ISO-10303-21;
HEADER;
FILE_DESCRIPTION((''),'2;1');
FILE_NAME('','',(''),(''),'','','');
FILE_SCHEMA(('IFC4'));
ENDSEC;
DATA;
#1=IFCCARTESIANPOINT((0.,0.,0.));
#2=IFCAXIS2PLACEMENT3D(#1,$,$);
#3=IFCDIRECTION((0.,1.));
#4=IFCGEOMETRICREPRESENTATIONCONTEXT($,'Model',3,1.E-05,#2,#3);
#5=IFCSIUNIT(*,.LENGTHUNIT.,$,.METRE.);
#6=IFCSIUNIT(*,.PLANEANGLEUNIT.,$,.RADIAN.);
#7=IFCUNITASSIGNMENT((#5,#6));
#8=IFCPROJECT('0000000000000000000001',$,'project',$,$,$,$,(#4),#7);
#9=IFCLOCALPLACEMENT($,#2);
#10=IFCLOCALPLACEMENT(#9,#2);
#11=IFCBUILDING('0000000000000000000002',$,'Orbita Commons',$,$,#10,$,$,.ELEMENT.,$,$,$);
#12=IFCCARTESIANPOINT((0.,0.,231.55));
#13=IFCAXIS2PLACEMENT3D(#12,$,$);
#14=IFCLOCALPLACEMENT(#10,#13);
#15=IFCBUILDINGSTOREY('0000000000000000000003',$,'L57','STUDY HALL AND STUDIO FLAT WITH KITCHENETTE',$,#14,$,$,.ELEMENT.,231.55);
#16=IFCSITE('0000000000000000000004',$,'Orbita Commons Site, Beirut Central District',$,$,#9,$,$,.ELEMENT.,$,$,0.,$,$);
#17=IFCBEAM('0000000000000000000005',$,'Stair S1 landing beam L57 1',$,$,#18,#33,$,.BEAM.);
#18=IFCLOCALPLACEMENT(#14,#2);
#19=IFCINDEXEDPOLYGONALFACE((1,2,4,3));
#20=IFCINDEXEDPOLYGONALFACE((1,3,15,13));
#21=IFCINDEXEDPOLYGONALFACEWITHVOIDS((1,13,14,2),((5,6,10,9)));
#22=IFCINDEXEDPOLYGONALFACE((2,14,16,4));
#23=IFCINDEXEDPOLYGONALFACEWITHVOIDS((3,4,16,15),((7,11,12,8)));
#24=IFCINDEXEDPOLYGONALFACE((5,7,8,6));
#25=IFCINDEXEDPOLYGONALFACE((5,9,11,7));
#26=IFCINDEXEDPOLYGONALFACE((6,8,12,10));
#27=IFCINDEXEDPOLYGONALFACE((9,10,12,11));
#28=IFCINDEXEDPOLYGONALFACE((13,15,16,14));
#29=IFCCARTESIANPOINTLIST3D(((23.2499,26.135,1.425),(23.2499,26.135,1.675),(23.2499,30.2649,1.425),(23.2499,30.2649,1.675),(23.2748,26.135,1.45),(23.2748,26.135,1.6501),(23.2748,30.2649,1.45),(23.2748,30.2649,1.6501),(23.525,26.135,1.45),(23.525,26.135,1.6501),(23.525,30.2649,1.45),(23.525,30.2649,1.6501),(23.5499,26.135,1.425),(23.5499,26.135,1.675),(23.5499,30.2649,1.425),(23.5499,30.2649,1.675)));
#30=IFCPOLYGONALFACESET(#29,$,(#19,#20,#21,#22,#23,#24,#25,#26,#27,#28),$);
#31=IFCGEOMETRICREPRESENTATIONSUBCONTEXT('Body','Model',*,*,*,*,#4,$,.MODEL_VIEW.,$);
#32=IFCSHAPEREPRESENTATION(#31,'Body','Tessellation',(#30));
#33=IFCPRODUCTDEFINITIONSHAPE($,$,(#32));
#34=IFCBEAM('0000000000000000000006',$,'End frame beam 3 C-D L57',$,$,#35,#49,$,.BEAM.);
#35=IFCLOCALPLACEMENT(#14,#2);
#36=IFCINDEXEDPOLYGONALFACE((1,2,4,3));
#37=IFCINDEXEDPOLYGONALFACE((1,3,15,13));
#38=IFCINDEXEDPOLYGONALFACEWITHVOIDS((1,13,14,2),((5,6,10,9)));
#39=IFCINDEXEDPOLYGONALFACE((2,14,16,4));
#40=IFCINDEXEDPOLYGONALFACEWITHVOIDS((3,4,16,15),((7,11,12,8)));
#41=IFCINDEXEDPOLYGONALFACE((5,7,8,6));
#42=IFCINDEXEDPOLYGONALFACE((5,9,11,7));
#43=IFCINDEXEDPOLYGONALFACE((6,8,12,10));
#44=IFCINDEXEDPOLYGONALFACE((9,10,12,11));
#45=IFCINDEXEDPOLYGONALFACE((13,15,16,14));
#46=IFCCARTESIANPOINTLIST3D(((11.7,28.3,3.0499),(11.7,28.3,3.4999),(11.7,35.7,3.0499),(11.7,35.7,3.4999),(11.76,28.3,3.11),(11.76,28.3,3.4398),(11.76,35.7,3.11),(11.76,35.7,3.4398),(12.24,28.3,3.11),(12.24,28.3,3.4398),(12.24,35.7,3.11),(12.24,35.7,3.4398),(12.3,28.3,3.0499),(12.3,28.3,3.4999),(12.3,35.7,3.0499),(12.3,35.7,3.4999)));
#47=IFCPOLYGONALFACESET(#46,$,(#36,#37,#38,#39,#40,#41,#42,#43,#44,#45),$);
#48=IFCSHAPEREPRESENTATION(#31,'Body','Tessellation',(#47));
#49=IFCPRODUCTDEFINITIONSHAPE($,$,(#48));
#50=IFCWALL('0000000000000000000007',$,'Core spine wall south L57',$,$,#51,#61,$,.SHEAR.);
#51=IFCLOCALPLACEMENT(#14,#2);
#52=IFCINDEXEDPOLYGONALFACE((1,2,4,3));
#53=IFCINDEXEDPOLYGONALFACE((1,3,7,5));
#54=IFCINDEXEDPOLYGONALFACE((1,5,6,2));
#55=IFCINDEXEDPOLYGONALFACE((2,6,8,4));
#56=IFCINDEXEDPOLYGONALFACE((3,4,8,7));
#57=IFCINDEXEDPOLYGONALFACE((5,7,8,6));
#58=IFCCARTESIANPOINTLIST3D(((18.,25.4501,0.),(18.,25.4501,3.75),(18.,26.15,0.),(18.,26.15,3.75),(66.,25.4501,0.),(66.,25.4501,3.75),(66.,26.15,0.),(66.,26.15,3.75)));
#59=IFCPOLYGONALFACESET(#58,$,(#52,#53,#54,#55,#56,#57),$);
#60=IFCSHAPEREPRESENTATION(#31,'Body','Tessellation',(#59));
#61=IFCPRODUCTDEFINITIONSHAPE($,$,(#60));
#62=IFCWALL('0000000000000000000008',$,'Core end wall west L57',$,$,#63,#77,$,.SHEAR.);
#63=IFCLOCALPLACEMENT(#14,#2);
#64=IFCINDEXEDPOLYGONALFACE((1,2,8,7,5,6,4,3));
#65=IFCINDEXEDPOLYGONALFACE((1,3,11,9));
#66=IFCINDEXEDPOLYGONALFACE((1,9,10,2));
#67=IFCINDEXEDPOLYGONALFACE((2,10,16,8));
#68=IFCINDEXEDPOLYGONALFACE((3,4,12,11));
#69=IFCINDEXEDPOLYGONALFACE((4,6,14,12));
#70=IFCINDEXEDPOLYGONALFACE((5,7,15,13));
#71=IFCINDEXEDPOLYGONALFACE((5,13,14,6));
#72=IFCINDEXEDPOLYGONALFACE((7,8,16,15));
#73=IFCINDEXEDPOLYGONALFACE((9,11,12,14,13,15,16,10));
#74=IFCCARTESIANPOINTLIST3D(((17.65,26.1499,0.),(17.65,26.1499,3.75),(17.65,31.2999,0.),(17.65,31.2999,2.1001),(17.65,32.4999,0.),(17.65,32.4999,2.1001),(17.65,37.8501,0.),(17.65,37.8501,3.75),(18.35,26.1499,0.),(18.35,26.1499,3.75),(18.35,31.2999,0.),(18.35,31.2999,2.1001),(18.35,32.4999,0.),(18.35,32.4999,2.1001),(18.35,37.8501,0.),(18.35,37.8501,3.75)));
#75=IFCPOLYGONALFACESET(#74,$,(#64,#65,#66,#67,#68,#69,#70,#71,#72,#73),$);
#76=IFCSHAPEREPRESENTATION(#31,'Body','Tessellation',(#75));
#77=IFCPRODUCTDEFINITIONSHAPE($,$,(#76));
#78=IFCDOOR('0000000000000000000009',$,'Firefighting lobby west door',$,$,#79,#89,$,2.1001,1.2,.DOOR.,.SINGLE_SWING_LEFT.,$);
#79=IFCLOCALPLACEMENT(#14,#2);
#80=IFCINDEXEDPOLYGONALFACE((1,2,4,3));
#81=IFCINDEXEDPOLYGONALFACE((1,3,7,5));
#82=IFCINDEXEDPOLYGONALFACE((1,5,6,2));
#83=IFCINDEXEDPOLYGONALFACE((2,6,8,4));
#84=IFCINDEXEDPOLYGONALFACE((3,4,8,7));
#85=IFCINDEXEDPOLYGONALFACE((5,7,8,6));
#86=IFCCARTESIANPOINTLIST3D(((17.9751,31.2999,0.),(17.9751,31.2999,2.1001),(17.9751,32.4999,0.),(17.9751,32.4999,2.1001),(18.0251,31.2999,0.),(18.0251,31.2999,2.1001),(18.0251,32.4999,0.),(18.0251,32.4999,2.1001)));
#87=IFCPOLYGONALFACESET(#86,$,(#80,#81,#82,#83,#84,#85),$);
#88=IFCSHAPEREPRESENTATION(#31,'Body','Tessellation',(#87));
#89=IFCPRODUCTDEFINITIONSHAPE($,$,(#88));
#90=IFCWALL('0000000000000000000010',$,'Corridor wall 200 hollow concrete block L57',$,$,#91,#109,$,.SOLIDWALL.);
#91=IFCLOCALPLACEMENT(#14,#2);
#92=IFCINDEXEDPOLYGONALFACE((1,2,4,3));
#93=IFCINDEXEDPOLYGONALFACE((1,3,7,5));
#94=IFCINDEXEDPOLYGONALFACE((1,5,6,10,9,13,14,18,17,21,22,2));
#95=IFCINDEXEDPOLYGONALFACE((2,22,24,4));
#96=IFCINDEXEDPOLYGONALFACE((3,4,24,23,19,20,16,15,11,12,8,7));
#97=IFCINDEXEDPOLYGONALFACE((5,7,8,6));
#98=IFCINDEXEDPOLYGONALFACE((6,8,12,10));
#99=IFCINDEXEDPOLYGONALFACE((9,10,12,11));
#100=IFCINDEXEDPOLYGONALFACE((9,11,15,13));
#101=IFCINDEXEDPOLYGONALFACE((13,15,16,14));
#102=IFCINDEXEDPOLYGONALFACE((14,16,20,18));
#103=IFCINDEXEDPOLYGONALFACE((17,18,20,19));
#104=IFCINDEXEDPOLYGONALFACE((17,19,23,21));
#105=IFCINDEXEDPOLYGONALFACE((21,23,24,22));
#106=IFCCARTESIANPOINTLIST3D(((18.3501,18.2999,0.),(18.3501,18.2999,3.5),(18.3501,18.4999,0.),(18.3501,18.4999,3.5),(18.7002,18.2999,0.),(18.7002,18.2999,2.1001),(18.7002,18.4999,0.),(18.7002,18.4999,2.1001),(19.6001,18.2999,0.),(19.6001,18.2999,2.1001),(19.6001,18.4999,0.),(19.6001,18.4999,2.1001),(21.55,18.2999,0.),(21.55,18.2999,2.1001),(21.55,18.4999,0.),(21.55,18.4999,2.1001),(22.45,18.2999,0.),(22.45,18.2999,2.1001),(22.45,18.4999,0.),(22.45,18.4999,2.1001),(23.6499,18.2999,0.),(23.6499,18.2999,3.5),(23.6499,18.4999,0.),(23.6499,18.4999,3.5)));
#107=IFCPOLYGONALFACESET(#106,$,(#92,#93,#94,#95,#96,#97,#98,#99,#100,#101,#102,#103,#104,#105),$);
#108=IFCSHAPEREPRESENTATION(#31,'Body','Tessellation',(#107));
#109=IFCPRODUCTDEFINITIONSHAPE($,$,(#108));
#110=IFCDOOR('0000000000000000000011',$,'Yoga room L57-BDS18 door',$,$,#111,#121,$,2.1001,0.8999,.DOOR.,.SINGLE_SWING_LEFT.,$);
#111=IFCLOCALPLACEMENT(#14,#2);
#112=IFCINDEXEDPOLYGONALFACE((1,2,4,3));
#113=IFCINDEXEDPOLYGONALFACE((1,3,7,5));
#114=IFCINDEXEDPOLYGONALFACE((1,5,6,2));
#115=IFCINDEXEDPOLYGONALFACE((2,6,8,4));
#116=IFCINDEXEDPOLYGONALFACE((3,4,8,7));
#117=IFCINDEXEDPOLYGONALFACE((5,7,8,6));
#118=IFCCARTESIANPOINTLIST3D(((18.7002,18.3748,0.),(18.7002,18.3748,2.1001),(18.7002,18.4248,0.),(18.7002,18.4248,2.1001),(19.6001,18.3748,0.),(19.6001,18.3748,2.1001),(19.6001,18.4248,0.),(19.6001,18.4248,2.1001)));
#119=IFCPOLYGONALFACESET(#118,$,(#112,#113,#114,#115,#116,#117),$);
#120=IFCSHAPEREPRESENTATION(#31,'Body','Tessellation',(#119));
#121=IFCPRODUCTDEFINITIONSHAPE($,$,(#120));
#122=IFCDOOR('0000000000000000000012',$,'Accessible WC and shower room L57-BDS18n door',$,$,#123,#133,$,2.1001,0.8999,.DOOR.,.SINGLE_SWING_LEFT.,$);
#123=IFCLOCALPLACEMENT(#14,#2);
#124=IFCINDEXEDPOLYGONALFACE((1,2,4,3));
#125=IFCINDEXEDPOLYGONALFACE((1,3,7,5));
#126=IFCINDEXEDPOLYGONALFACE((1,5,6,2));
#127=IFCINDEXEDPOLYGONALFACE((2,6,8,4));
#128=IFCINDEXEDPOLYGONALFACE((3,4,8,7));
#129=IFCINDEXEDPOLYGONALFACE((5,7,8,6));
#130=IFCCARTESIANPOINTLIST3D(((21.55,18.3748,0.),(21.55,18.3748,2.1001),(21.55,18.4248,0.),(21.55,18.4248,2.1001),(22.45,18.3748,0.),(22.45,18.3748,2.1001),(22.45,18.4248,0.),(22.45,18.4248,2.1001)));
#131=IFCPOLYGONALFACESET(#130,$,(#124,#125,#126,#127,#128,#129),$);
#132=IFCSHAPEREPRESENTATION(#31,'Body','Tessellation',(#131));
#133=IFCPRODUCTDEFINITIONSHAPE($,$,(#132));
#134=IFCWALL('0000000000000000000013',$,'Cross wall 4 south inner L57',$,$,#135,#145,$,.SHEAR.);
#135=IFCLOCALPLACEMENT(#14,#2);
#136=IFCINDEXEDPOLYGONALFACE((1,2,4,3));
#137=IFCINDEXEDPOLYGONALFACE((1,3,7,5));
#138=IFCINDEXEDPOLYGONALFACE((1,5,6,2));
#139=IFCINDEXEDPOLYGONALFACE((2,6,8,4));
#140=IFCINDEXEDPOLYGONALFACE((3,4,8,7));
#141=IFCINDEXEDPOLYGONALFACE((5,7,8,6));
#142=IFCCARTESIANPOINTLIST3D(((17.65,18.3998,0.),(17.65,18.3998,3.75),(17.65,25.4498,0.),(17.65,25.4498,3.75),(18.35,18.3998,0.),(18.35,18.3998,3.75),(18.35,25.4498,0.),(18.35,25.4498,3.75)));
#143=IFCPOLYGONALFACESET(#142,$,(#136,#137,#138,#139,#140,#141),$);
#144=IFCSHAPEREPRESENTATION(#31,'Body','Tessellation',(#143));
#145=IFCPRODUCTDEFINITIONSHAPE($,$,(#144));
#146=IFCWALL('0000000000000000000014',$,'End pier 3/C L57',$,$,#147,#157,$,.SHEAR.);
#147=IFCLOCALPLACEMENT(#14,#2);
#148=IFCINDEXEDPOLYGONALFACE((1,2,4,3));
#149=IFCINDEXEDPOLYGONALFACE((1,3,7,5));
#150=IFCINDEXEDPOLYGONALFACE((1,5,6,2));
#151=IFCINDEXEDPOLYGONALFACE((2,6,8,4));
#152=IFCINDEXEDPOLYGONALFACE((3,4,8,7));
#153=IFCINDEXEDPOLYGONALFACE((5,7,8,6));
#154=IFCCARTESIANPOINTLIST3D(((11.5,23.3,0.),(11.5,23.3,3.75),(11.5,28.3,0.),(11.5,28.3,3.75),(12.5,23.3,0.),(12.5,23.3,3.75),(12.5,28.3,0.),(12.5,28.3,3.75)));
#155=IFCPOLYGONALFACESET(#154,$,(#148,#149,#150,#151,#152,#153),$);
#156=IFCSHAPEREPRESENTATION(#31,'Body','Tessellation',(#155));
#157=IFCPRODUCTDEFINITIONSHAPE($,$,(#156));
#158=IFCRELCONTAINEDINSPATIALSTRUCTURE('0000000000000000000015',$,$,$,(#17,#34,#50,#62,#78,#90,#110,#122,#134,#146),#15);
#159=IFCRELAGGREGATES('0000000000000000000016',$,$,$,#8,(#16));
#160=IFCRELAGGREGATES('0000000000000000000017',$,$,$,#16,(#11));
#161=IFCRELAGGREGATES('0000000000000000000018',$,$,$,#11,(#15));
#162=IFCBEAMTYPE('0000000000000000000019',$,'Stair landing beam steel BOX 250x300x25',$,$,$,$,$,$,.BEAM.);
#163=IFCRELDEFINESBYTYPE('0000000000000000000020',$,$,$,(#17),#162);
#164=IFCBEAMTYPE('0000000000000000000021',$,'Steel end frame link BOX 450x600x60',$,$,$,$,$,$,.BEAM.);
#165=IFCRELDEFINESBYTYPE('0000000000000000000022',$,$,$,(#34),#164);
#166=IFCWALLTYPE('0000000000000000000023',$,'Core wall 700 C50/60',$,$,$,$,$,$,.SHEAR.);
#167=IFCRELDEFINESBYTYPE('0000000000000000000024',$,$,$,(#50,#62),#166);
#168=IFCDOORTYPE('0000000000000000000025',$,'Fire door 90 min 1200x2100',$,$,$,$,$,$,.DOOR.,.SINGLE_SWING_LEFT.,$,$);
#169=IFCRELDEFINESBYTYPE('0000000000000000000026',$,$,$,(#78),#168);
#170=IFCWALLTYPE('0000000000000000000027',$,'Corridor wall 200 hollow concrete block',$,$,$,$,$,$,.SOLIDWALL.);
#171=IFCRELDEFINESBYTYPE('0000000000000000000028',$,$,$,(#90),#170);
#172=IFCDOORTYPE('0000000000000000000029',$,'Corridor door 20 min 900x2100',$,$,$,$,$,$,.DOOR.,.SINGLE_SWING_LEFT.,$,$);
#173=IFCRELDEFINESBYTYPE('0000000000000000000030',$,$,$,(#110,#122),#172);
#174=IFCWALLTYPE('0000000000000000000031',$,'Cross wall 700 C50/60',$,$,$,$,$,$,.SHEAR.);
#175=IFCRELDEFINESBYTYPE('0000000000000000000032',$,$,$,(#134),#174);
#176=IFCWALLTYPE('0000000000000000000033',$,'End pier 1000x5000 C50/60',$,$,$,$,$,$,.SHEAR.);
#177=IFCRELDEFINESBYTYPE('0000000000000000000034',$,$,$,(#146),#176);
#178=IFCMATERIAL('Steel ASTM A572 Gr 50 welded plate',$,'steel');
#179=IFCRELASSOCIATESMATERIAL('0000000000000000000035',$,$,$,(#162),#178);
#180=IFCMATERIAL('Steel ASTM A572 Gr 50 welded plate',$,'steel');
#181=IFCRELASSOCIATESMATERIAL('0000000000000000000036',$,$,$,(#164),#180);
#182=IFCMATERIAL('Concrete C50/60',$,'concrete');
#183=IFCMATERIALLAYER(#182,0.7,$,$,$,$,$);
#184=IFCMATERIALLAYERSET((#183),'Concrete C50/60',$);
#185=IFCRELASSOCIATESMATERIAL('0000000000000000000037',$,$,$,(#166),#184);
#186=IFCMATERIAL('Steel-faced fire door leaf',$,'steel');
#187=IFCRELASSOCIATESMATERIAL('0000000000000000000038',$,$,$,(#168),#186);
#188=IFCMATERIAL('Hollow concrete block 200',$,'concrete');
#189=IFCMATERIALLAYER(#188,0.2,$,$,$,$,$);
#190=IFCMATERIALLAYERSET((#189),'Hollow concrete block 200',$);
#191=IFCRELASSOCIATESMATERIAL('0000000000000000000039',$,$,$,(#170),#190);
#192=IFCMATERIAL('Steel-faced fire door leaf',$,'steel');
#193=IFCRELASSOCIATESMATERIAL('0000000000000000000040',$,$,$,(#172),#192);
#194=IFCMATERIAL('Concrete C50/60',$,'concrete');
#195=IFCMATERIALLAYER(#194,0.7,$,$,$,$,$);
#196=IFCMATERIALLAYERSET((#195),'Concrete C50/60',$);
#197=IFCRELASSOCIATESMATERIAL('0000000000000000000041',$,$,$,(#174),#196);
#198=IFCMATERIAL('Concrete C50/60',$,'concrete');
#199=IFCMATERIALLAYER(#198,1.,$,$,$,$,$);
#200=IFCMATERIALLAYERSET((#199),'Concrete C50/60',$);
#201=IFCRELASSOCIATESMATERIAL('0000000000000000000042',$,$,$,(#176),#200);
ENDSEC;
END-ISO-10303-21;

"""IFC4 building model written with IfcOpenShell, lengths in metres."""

from ifc_helpers import new_model, si_unit, direction, frame, frame_2d, origin, origin_2d, place, context, subcontext, project, spatial, rectangle, hollow_rectangle, extrude, material, layer, layer_set, material_profile, profile_set, type_object, element, fill, save


model = new_model("IFC4")

# Units and contexts
model_context = context("Model", 3, precision=1e-05, world=origin(), true_north=direction((0.0, 1.0)))
body_context = subcontext(model_context, "Body", "Model", "MODEL_VIEW")
ifc_project = project(units=[si_unit("LENGTHUNIT", "METRE"), si_unit("PLANEANGLEUNIT", "RADIAN")], contexts=[model_context])

# Site, building, storey
site_placement = place(None, origin())
site = spatial("IfcSite", under=ifc_project, at=site_placement, Name="Orbita Commons Site, Beirut Central District", CompositionType="ELEMENT", RefElevation=0.0)
building_placement = place(site_placement, origin())
building = spatial("IfcBuilding", under=site, at=building_placement, Name="Orbita Commons", CompositionType="ELEMENT")
storey_placement = place(building_placement, frame((0.0, 0.0, 231.55)))
storey = spatial("IfcBuildingStorey", under=building, at=storey_placement, Name="L57", Description="STUDY HALL AND STUDIO FLAT WITH KITCHENETTE", CompositionType="ELEMENT", Elevation=231.55)

# Beams
ifc_material_1 = material(Name="Steel ASTM A572 Gr 50 welded plate", Category="steel")
ifc_material_profile_1 = material_profile(ifc_material_1, hollow_rectangle(XDim=0.3, YDim=0.25, WallThickness=0.0249, at=origin_2d()), Name="BOX 250x300x25")
ifc_profile_set_1 = profile_set([ifc_material_profile_1], Name="Steel ASTM A572 Gr 50 welded plate")
beam_type_1 = type_object("IfcBeamType", Name="Stair landing beam steel BOX 250x300x25", PredefinedType="BEAM", material=ifc_profile_set_1)
beam_1_placement = place(storey_placement, frame((23.3999, 26.135, 1.55), z_axis=(0.0, 1.0, 0.0), x_axis=(-1.0, 0.0, 0.0)))
element("IfcBeam", 1, at=beam_1_placement, inside=storey, type_object=beam_type_1, Name="Stair S1 landing beam L57 1", PredefinedType="BEAM", context=body_context, shape_type="SweptSolid", body=[
    extrude(hollow_rectangle(XDim=0.3, YDim=0.25, WallThickness=0.0249, at=origin_2d()), origin(), (0.0, 0.0, 1.0), 4.1299),
])
ifc_material_2 = material(Name="Steel ASTM A572 Gr 50 welded plate", Category="steel")
ifc_material_profile_2 = material_profile(ifc_material_2, hollow_rectangle(XDim=0.6001, YDim=0.45, WallThickness=0.0601, at=origin_2d()), Name="BOX 450x600x60")
ifc_profile_set_2 = profile_set([ifc_material_profile_2], Name="Steel ASTM A572 Gr 50 welded plate")
beam_type_2 = type_object("IfcBeamType", Name="Steel end frame link BOX 450x600x60", PredefinedType="BEAM", material=ifc_profile_set_2)
beam_2_placement = place(storey_placement, frame((12.0, 28.3, 3.2749), z_axis=(0.0, 1.0, 0.0), x_axis=(-1.0, 0.0, 0.0)))
element("IfcBeam", 2, at=beam_2_placement, inside=storey, type_object=beam_type_2, Name="End frame beam 3 C-D L57", PredefinedType="BEAM", context=body_context, shape_type="SweptSolid", body=[
    extrude(hollow_rectangle(XDim=0.6001, YDim=0.45, WallThickness=0.0601, at=origin_2d()), origin(), (0.0, 0.0, 1.0), 7.3999),
])

# Wall
ifc_material_3 = material(Name="Concrete C50/60", Category="concrete")
ifc_layer_1 = layer(ifc_material_3, 0.7)
ifc_layer_set_1 = layer_set([ifc_layer_1], Name="Concrete C50/60")
wall_type_1 = type_object("IfcWallType", Name="Core wall 700 C50/60", PredefinedType="SHEAR", material=ifc_layer_set_1)
wall_1_placement = place(storey_placement, frame((18.0, 25.8, 0.0), z_axis=(0.0, 0.0, 1.0), x_axis=(1.0, 0.0, 0.0)))
element("IfcWall", 3, at=wall_1_placement, inside=storey, type_object=wall_type_1, Name="Core spine wall south L57", PredefinedType="SHEAR", context=body_context, shape_type="SweptSolid", body=[
    extrude(rectangle(XDim=48.0, YDim=0.7, at=frame_2d((24.0, 0.0))), origin(), (0.0, 0.0, 1.0), 3.75),
])

# Wall, opening, door
wall_2_placement = place(storey_placement, frame((18.0, 26.1499, 0.0), z_axis=(0.0, 0.0, 1.0), x_axis=(0.0, 1.0, 0.0)))
wall_2 = element("IfcWall", 4, at=wall_2_placement, inside=storey, type_object=wall_type_1, Name="Core end wall west L57", PredefinedType="SHEAR", context=body_context, shape_type="SweptSolid", body=[
    extrude(rectangle(XDim=11.7002, YDim=0.7, at=frame_2d((5.8501, 0.0))), origin(), (0.0, 0.0, 1.0), 3.75),
])
opening_1_placement = place(wall_2_placement, frame((5.1499, 0.0, 0.0)))
opening_1 = element("IfcOpeningElement", 5, at=opening_1_placement, cuts=wall_2, PredefinedType="OPENING", context=body_context, shape_type="SweptSolid", body=[
    extrude(rectangle(XDim=1.2, YDim=2.1001, at=frame_2d((0.6001, 1.05))), frame((0.0, 0.3599, 0.0), z_axis=(0.0, -1.0, 0.0), x_axis=(1.0, 0.0, 0.0)), (0.0, 0.0, 1.0), 0.72),
])
ifc_material_4 = material(Name="Steel-faced fire door leaf", Category="steel")
door_type_1 = type_object("IfcDoorType", Name="Fire door 90 min 1200x2100", OperationType="SINGLE_SWING_LEFT", PredefinedType="DOOR", material=ifc_material_4)
door_1_placement = place(opening_1_placement, origin())
door_1 = element("IfcDoor", 6, at=door_1_placement, inside=storey, type_object=door_type_1, Name="Firefighting lobby west door", OperationType="SINGLE_SWING_LEFT", OverallHeight=2.1001, OverallWidth=1.2, PredefinedType="DOOR", context=body_context, shape_type="SweptSolid", body=[
    extrude(rectangle(XDim=1.2, YDim=2.1001, at=frame_2d((0.6001, 1.05))), frame((0.0, 0.0249, 0.0), z_axis=(0.0, -1.0, 0.0), x_axis=(1.0, 0.0, 0.0)), (0.0, 0.0, 1.0), 0.05),
])
fill(opening_1, door_1)

# Wall, openings, doors
ifc_material_5 = material(Name="Hollow concrete block 200", Category="concrete")
ifc_layer_2 = layer(ifc_material_5, 0.2)
ifc_layer_set_2 = layer_set([ifc_layer_2], Name="Hollow concrete block 200")
wall_type_2 = type_object("IfcWallType", Name="Corridor wall 200 hollow concrete block", PredefinedType="SOLIDWALL", material=ifc_layer_set_2)
wall_3_placement = place(storey_placement, frame((18.3501, 18.3999, 0.0), z_axis=(0.0, 0.0, 1.0), x_axis=(1.0, 0.0, 0.0)))
wall_3 = element("IfcWall", 7, at=wall_3_placement, inside=storey, type_object=wall_type_2, Name="Corridor wall 200 hollow concrete block L57", PredefinedType="SOLIDWALL", context=body_context, shape_type="SweptSolid", body=[
    extrude(rectangle(XDim=5.2998, YDim=0.2, at=frame_2d((2.6499, 0.0))), origin(), (0.0, 0.0, 1.0), 3.5),
])
opening_2_placement = place(wall_3_placement, frame((0.3501, 0.0, 0.0)))
opening_2 = element("IfcOpeningElement", 8, at=opening_2_placement, cuts=wall_3, PredefinedType="OPENING", context=body_context, shape_type="SweptSolid", body=[
    extrude(rectangle(XDim=0.8999, YDim=2.1001, at=frame_2d((0.45, 1.05))), frame((0.0, 0.1099, 0.0), z_axis=(0.0, -1.0, 0.0), x_axis=(1.0, 0.0, 0.0)), (0.0, 0.0, 1.0), 0.22),
])
opening_3_placement = place(wall_3_placement, frame((3.2, 0.0, 0.0)))
opening_3 = element("IfcOpeningElement", 9, at=opening_3_placement, cuts=wall_3, PredefinedType="OPENING", context=body_context, shape_type="SweptSolid", body=[
    extrude(rectangle(XDim=0.8999, YDim=2.1001, at=frame_2d((0.45, 1.05))), frame((0.0, 0.1099, 0.0), z_axis=(0.0, -1.0, 0.0), x_axis=(1.0, 0.0, 0.0)), (0.0, 0.0, 1.0), 0.22),
])
ifc_material_6 = material(Name="Steel-faced fire door leaf", Category="steel")
door_type_2 = type_object("IfcDoorType", Name="Corridor door 20 min 900x2100", OperationType="SINGLE_SWING_LEFT", PredefinedType="DOOR", material=ifc_material_6)
door_2_placement = place(opening_2_placement, origin())
door_2 = element("IfcDoor", 10, at=door_2_placement, inside=storey, type_object=door_type_2, Name="Yoga room L57-BDS18 door", OperationType="SINGLE_SWING_LEFT", OverallHeight=2.1001, OverallWidth=0.8999, PredefinedType="DOOR", context=body_context, shape_type="SweptSolid", body=[
    extrude(rectangle(XDim=0.8999, YDim=2.1001, at=frame_2d((0.45, 1.05))), frame((0.0, 0.0249, 0.0), z_axis=(0.0, -1.0, 0.0), x_axis=(1.0, 0.0, 0.0)), (0.0, 0.0, 1.0), 0.05),
])
fill(opening_2, door_2)
door_3_placement = place(opening_3_placement, origin())
door_3 = element("IfcDoor", 11, at=door_3_placement, inside=storey, type_object=door_type_2, Name="Accessible WC and shower room L57-BDS18n door", OperationType="SINGLE_SWING_LEFT", OverallHeight=2.1001, OverallWidth=0.8999, PredefinedType="DOOR", context=body_context, shape_type="SweptSolid", body=[
    extrude(rectangle(XDim=0.8999, YDim=2.1001, at=frame_2d((0.45, 1.05))), frame((0.0, 0.0249, 0.0), z_axis=(0.0, -1.0, 0.0), x_axis=(1.0, 0.0, 0.0)), (0.0, 0.0, 1.0), 0.05),
])
fill(opening_3, door_3)

# Walls
ifc_material_7 = material(Name="Concrete C50/60", Category="concrete")
ifc_layer_3 = layer(ifc_material_7, 0.7)
ifc_layer_set_3 = layer_set([ifc_layer_3], Name="Concrete C50/60")
wall_type_3 = type_object("IfcWallType", Name="Cross wall 700 C50/60", PredefinedType="SHEAR", material=ifc_layer_set_3)
wall_4_placement = place(storey_placement, frame((18.0, 18.3999, 0.0), z_axis=(0.0, 0.0, 1.0), x_axis=(0.0, 1.0, 0.0)))
element("IfcWall", 12, at=wall_4_placement, inside=storey, type_object=wall_type_3, Name="Cross wall 4 south inner L57", PredefinedType="SHEAR", context=body_context, shape_type="SweptSolid", body=[
    extrude(rectangle(XDim=7.05, YDim=0.7, at=frame_2d((3.5249, 0.0))), origin(), (0.0, 0.0, 1.0), 3.75),
])
ifc_material_8 = material(Name="Concrete C50/60", Category="concrete")
ifc_layer_4 = layer(ifc_material_8, 1.0)
ifc_layer_set_4 = layer_set([ifc_layer_4], Name="Concrete C50/60")
wall_type_4 = type_object("IfcWallType", Name="End pier 1000x5000 C50/60", PredefinedType="SHEAR", material=ifc_layer_set_4)
wall_5_placement = place(storey_placement, frame((12.0, 23.3, 0.0), z_axis=(0.0, 0.0, 1.0), x_axis=(0.0, 1.0, 0.0)))
element("IfcWall", 13, at=wall_5_placement, inside=storey, type_object=wall_type_4, Name="End pier 3/C L57", PredefinedType="SHEAR", context=body_context, shape_type="SweptSolid", body=[
    extrude(rectangle(XDim=5.0, YDim=1.0, at=frame_2d((2.5, 0.0))), origin(), (0.0, 0.0, 1.0), 3.75),
])

save(model, "model.ifc")
